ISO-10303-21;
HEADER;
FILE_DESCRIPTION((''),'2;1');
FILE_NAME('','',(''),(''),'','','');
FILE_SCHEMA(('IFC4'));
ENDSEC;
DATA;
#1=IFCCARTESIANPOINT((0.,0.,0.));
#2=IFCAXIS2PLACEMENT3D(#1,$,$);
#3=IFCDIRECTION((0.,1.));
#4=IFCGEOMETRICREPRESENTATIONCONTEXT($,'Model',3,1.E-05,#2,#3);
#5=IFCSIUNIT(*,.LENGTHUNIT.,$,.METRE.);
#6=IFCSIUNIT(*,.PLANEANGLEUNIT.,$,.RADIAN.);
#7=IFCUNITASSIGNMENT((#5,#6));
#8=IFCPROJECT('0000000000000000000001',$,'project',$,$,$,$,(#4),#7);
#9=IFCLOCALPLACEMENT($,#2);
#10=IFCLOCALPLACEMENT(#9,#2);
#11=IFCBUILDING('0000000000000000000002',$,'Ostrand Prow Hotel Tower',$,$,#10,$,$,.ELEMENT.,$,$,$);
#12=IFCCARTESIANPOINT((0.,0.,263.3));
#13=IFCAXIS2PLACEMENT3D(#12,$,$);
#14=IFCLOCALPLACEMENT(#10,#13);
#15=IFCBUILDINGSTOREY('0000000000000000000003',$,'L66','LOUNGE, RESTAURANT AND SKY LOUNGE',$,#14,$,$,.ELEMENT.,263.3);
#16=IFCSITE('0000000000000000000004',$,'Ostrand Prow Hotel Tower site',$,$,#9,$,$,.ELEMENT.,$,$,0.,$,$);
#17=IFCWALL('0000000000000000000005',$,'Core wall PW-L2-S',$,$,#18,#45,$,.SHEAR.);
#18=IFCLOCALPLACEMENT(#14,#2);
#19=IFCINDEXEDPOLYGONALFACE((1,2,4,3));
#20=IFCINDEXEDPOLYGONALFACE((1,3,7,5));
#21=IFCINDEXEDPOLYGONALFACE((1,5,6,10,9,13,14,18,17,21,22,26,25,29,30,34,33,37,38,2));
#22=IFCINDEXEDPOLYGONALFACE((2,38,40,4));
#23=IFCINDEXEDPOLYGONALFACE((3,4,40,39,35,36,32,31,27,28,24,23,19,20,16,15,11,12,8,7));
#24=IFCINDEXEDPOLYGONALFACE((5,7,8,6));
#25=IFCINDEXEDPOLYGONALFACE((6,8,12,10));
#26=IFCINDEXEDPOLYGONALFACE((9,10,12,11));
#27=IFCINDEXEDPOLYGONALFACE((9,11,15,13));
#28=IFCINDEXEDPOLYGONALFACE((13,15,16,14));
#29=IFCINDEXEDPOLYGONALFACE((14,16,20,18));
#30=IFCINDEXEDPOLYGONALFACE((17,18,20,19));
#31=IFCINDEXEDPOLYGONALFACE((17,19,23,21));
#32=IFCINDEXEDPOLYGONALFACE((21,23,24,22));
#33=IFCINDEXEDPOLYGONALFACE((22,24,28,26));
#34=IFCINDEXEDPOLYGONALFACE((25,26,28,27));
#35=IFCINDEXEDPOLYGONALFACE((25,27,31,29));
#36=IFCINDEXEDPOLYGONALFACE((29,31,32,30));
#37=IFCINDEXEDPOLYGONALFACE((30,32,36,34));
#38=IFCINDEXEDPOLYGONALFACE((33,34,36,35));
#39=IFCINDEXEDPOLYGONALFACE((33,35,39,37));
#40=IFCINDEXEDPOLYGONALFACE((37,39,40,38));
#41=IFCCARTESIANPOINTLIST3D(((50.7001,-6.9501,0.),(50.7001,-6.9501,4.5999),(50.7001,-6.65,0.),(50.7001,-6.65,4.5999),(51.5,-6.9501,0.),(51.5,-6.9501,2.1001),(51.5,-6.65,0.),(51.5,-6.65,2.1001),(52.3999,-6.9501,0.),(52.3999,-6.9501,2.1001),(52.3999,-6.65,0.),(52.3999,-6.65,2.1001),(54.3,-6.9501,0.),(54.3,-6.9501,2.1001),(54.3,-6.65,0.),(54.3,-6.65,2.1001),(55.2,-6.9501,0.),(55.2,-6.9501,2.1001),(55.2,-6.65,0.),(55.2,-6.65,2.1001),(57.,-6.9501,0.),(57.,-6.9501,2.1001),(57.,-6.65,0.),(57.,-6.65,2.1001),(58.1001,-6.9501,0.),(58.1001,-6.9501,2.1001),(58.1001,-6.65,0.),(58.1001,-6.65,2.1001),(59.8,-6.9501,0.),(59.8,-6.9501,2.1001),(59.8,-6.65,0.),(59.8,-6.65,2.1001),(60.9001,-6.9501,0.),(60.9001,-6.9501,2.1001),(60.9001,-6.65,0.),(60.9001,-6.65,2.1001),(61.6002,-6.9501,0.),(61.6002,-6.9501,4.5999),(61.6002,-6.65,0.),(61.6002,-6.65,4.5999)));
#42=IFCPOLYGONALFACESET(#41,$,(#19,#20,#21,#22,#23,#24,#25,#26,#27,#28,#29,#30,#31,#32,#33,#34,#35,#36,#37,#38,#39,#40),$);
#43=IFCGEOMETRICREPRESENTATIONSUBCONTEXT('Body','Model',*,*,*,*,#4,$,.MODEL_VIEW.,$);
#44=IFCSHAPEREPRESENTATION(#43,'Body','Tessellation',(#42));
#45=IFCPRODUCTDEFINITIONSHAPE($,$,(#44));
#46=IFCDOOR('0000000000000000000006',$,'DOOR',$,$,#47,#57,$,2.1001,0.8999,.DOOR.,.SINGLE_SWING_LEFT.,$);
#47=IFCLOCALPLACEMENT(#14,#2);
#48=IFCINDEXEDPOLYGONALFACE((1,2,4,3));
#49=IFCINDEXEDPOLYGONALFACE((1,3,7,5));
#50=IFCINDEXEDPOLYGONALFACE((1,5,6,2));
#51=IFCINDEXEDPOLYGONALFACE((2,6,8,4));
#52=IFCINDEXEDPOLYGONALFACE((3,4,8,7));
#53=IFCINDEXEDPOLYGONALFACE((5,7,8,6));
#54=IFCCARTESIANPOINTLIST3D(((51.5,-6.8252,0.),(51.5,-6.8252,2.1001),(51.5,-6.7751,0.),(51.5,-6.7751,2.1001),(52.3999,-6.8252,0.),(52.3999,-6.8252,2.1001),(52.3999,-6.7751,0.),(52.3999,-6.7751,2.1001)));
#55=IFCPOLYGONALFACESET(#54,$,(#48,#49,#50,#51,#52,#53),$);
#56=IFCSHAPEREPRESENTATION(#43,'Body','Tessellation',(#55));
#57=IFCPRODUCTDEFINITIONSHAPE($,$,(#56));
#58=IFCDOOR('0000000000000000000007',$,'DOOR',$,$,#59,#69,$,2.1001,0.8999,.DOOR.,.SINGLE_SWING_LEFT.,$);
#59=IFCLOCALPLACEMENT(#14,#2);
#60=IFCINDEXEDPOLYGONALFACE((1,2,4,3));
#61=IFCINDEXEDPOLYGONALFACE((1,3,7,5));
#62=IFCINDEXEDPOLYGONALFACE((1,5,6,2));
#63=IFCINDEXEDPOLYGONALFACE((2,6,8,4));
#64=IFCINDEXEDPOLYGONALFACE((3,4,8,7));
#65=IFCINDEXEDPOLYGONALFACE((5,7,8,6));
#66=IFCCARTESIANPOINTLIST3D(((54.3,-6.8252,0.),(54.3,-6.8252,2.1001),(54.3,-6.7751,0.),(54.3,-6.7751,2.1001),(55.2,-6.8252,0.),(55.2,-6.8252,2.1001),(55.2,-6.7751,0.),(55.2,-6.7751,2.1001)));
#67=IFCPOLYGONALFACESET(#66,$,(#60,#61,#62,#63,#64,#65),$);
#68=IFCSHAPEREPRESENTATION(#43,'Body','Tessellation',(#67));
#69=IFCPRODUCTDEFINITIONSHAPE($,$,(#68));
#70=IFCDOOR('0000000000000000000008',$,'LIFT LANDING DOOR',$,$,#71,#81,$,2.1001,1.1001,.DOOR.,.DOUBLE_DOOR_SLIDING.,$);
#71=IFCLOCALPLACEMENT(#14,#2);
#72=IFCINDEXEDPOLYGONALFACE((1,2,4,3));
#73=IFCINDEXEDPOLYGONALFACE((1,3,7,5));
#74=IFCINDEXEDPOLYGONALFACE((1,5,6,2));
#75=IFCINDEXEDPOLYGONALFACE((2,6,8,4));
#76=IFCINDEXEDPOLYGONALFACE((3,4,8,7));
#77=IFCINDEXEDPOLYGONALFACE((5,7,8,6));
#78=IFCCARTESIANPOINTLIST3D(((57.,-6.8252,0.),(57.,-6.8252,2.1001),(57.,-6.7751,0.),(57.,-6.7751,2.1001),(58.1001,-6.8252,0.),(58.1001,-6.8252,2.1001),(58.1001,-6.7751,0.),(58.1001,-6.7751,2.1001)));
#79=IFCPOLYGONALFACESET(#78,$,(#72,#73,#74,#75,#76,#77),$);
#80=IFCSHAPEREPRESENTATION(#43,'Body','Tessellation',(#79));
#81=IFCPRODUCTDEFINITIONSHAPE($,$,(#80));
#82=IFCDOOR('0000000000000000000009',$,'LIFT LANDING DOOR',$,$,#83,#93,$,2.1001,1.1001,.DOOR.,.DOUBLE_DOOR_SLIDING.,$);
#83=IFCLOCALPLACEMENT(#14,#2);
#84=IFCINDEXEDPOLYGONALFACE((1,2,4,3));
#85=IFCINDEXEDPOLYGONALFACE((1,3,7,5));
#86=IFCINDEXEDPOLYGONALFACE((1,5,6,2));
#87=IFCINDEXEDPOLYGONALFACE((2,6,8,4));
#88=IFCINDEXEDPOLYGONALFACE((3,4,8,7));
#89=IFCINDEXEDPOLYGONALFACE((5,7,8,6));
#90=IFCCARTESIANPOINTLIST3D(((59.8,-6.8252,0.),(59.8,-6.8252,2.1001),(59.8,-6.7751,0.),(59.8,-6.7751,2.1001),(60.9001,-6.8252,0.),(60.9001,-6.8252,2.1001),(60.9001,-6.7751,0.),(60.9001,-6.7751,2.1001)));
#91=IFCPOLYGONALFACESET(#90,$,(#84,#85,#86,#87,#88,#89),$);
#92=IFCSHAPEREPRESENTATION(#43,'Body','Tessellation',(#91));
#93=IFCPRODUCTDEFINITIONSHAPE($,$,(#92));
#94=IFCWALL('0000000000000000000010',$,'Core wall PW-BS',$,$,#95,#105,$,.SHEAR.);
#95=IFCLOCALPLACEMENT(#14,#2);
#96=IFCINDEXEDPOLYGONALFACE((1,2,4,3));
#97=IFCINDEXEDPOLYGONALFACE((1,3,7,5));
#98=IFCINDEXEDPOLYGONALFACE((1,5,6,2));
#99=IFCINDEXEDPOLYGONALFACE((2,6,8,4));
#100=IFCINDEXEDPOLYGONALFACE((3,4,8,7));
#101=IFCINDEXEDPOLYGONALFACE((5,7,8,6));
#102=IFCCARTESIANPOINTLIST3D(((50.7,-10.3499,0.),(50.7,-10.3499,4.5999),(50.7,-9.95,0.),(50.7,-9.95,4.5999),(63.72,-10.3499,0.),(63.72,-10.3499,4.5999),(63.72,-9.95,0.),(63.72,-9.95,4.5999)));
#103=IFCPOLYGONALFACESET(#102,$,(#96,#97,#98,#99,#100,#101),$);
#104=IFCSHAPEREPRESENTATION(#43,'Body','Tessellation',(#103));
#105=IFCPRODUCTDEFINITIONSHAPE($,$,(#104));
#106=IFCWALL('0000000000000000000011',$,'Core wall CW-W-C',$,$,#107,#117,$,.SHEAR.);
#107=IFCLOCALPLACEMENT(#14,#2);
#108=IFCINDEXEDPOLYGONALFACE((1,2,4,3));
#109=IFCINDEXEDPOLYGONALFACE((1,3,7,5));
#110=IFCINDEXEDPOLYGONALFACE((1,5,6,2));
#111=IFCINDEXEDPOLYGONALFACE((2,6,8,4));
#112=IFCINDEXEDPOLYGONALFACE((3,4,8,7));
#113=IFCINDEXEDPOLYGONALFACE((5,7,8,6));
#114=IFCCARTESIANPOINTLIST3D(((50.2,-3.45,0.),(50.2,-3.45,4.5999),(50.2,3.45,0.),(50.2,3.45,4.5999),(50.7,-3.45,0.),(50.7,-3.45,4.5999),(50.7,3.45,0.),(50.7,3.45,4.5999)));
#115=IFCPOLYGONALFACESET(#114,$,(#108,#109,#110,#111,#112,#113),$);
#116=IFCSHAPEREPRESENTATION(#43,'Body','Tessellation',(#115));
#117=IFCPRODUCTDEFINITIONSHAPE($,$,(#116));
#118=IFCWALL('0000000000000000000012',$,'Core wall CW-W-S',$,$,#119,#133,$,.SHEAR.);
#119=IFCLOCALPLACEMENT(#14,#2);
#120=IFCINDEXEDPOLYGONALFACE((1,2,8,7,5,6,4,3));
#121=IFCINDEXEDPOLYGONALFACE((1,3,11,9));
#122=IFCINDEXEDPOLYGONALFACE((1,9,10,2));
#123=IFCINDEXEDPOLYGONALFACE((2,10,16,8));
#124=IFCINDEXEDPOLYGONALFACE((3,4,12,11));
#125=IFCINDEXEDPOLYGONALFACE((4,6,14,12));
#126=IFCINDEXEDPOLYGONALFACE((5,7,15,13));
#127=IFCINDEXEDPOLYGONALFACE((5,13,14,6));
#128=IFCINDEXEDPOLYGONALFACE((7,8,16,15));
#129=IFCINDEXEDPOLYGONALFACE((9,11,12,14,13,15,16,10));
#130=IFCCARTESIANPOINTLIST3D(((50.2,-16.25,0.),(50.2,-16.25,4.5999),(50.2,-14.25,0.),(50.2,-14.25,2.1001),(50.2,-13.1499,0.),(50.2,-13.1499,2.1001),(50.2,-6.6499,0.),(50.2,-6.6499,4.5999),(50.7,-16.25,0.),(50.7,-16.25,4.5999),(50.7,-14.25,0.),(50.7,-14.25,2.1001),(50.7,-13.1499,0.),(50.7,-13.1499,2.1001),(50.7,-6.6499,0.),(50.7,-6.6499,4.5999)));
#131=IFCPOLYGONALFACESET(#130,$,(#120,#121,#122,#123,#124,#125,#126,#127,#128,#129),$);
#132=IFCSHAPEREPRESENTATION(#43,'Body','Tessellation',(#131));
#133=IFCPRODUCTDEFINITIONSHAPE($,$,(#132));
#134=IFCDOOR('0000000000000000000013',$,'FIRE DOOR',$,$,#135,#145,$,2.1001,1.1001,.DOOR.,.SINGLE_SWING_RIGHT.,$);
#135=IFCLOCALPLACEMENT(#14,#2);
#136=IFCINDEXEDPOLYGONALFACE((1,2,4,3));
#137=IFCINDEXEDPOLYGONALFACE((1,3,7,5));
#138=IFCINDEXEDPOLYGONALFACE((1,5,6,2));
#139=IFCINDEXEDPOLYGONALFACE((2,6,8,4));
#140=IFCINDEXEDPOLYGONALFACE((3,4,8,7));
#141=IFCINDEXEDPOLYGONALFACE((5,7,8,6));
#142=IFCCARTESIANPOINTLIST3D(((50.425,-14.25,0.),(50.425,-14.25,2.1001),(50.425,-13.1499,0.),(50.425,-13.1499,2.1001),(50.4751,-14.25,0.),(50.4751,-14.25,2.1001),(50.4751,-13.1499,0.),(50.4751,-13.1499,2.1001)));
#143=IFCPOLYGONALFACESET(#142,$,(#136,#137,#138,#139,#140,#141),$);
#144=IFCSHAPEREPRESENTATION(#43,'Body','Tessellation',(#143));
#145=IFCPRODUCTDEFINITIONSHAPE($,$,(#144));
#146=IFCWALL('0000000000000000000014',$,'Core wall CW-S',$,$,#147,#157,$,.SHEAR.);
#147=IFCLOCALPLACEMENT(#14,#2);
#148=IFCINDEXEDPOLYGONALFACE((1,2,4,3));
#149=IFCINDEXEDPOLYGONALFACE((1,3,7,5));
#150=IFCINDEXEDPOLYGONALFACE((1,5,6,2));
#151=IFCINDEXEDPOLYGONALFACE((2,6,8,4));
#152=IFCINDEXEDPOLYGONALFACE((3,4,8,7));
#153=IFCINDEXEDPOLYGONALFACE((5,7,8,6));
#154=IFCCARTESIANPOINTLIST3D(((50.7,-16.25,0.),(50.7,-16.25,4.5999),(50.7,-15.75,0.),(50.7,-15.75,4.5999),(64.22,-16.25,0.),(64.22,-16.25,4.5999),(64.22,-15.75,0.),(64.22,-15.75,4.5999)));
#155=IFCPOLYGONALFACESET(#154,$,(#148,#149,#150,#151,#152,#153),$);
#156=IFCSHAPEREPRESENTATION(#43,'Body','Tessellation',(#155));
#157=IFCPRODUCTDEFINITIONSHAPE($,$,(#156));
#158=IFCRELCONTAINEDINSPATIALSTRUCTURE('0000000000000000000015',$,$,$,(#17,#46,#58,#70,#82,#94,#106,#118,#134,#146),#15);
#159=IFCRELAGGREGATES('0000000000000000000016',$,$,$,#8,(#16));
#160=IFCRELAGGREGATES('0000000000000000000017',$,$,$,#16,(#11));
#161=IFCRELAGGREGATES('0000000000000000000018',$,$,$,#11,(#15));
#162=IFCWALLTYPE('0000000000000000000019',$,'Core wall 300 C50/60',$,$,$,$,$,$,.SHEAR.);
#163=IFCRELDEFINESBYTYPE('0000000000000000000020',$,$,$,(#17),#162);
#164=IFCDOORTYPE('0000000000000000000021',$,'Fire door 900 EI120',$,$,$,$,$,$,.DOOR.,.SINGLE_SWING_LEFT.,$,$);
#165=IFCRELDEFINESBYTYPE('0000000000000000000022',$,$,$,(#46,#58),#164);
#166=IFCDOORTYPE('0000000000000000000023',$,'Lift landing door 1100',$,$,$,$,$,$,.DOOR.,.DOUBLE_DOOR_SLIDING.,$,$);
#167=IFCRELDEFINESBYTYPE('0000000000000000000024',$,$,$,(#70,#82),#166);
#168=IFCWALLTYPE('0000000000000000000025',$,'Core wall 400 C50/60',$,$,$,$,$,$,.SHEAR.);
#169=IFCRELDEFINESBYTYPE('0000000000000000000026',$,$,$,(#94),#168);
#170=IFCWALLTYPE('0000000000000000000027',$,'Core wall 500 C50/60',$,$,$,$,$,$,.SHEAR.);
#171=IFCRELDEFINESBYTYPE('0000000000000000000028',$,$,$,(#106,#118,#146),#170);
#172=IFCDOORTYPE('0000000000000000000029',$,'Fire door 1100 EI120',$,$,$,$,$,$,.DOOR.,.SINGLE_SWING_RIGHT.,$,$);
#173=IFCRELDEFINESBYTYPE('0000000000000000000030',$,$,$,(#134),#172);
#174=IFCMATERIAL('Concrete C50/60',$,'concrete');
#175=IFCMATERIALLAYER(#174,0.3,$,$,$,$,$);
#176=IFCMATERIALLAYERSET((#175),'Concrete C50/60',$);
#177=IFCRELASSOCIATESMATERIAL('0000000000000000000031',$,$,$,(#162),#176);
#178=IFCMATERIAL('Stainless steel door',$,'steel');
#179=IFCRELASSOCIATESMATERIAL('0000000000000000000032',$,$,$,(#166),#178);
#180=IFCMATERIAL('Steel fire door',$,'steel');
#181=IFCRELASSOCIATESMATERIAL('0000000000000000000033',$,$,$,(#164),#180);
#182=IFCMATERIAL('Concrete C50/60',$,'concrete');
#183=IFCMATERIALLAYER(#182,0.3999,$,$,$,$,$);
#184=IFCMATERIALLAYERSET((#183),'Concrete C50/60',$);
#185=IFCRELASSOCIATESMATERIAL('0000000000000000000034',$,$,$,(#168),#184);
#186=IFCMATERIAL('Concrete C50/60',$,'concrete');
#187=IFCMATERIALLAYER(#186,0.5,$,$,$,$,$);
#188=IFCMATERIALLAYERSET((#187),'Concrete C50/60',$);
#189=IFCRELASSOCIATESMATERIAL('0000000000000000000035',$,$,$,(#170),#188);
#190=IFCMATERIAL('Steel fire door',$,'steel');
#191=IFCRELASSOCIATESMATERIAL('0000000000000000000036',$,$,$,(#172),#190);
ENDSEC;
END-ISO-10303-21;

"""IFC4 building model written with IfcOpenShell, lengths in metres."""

from ifc_helpers import new_model, si_unit, direction, frame, frame_2d, origin, place, context, subcontext, project, spatial, rectangle, extrude, material, layer, layer_set, type_object, element, fill, save


model = new_model("IFC4")

# Units and contexts
model_context = context("Model", 3, precision=1e-05, world=origin(), true_north=direction((0.0, 1.0)))
body_context = subcontext(model_context, "Body", "Model", "MODEL_VIEW")
ifc_project = project(units=[si_unit("LENGTHUNIT", "METRE"), si_unit("PLANEANGLEUNIT", "RADIAN")], contexts=[model_context])

# Site, building, storey
site_placement = place(None, origin())
site = spatial("IfcSite", under=ifc_project, at=site_placement, Name="Ostrand Prow Hotel Tower site", CompositionType="ELEMENT", RefElevation=0.0)
building_placement = place(site_placement, origin())
building = spatial("IfcBuilding", under=site, at=building_placement, Name="Ostrand Prow Hotel Tower", CompositionType="ELEMENT")
storey_placement = place(building_placement, frame((0.0, 0.0, 263.3)))
storey = spatial("IfcBuildingStorey", under=building, at=storey_placement, Name="L66", Description="LOUNGE, RESTAURANT AND SKY LOUNGE", CompositionType="ELEMENT", Elevation=263.3)

# Shared definitions
ifc_material_1 = material(Name="Concrete C50/60", Category="concrete")
ifc_layer_1 = layer(ifc_material_1, 0.3)
ifc_layer_set_1 = layer_set([ifc_layer_1], Name="Concrete C50/60")
wall_type_1 = type_object("IfcWallType", Name="Core wall 300 C50/60", PredefinedType="SHEAR", material=ifc_layer_set_1)

# Shared definitions
ifc_material_2 = material(Name="Stainless steel door", Category="steel")
door_type_1 = type_object("IfcDoorType", Name="Lift landing door 1100", OperationType="DOUBLE_DOOR_SLIDING", PredefinedType="DOOR", material=ifc_material_2)

# Wall, openings, doors
wall_1_placement = place(storey_placement, frame((50.7, -6.8, 0.0), z_axis=(0.0, 0.0, 1.0), x_axis=(1.0, 0.0, 0.0)))
wall_1 = element("IfcWall", 1, at=wall_1_placement, inside=storey, type_object=wall_type_1, Name="Core wall PW-L2-S", PredefinedType="SHEAR", context=body_context, shape_type="SweptSolid", body=[
    extrude(rectangle(XDim=10.9001, YDim=0.3, at=frame_2d((5.4502, 0.0))), origin(), (0.0, 0.0, 1.0), 4.5999),
])
opening_1_placement = place(wall_1_placement, frame((6.3, 0.0, 0.0)))
opening_1 = element("IfcOpeningElement", 2, at=opening_1_placement, cuts=wall_1, PredefinedType="OPENING", context=body_context, shape_type="SweptSolid", body=[
    extrude(rectangle(XDim=1.1001, YDim=2.1001, at=frame_2d((0.55, 1.05))), frame((0.0, 0.1599, 0.0), z_axis=(0.0, -1.0, 0.0), x_axis=(1.0, 0.0, 0.0)), (0.0, 0.0, 1.0), 0.3201),
])
opening_2_placement = place(wall_1_placement, frame((9.1001, 0.0, 0.0)))
opening_2 = element("IfcOpeningElement", 3, at=opening_2_placement, cuts=wall_1, PredefinedType="OPENING", context=body_context, shape_type="SweptSolid", body=[
    extrude(rectangle(XDim=1.1001, YDim=2.1001, at=frame_2d((0.55, 1.05))), frame((0.0, 0.1599, 0.0), z_axis=(0.0, -1.0, 0.0), x_axis=(1.0, 0.0, 0.0)), (0.0, 0.0, 1.0), 0.3201),
])
opening_3_placement = place(wall_1_placement, frame((0.8, 0.0, 0.0)))
opening_3 = element("IfcOpeningElement", 4, at=opening_3_placement, cuts=wall_1, PredefinedType="OPENING", context=body_context, shape_type="SweptSolid", body=[
    extrude(rectangle(XDim=0.8999, YDim=2.1001, at=frame_2d((0.45, 1.05))), frame((0.0, 0.1599, 0.0), z_axis=(0.0, -1.0, 0.0), x_axis=(1.0, 0.0, 0.0)), (0.0, 0.0, 1.0), 0.3201),
])
opening_4_placement = place(wall_1_placement, frame((3.6001, 0.0, 0.0)))
opening_4 = element("IfcOpeningElement", 5, at=opening_4_placement, cuts=wall_1, PredefinedType="OPENING", context=body_context, shape_type="SweptSolid", body=[
    extrude(rectangle(XDim=0.8999, YDim=2.1001, at=frame_2d((0.45, 1.05))), frame((0.0, 0.1599, 0.0), z_axis=(0.0, -1.0, 0.0), x_axis=(1.0, 0.0, 0.0)), (0.0, 0.0, 1.0), 0.3201),
])
ifc_material_3 = material(Name="Steel fire door", Category="steel")
door_type_2 = type_object("IfcDoorType", Name="Fire door 900 EI120", OperationType="SINGLE_SWING_LEFT", PredefinedType="DOOR", material=ifc_material_3)
door_1_placement = place(opening_3_placement, origin())
door_1 = element("IfcDoor", 6, at=door_1_placement, inside=storey, type_object=door_type_2, Name="DOOR", OperationType="SINGLE_SWING_LEFT", OverallHeight=2.1001, OverallWidth=0.8999, PredefinedType="DOOR", context=body_context, shape_type="SweptSolid", body=[
    extrude(rectangle(XDim=0.8999, YDim=2.1001, at=frame_2d((0.45, 1.05))), frame((0.0, 0.0249, 0.0), z_axis=(0.0, -1.0, 0.0), x_axis=(1.0, 0.0, 0.0)), (0.0, 0.0, 1.0), 0.05),
])
fill(opening_3, door_1)
door_2_placement = place(opening_4_placement, origin())
door_2 = element("IfcDoor", 7, at=door_2_placement, inside=storey, type_object=door_type_2, Name="DOOR", OperationType="SINGLE_SWING_LEFT", OverallHeight=2.1001, OverallWidth=0.8999, PredefinedType="DOOR", context=body_context, shape_type="SweptSolid", body=[
    extrude(rectangle(XDim=0.8999, YDim=2.1001, at=frame_2d((0.45, 1.05))), frame((0.0, 0.0249, 0.0), z_axis=(0.0, -1.0, 0.0), x_axis=(1.0, 0.0, 0.0)), (0.0, 0.0, 1.0), 0.05),
])
fill(opening_4, door_2)
door_3_placement = place(opening_1_placement, origin())
door_3 = element("IfcDoor", 8, at=door_3_placement, inside=storey, type_object=door_type_1, Name="LIFT LANDING DOOR", OperationType="DOUBLE_DOOR_SLIDING", OverallHeight=2.1001, OverallWidth=1.1001, PredefinedType="DOOR", context=body_context, shape_type="SweptSolid", body=[
    extrude(rectangle(XDim=1.1001, YDim=2.1001, at=frame_2d((0.55, 1.05))), frame((0.0, 0.0249, 0.0), z_axis=(0.0, -1.0, 0.0), x_axis=(1.0, 0.0, 0.0)), (0.0, 0.0, 1.0), 0.05),
])
fill(opening_1, door_3)
door_4_placement = place(opening_2_placement, origin())
door_4 = element("IfcDoor", 9, at=door_4_placement, inside=storey, type_object=door_type_1, Name="LIFT LANDING DOOR", OperationType="DOUBLE_DOOR_SLIDING", OverallHeight=2.1001, OverallWidth=1.1001, PredefinedType="DOOR", context=body_context, shape_type="SweptSolid", body=[
    extrude(rectangle(XDim=1.1001, YDim=2.1001, at=frame_2d((0.55, 1.05))), frame((0.0, 0.0249, 0.0), z_axis=(0.0, -1.0, 0.0), x_axis=(1.0, 0.0, 0.0)), (0.0, 0.0, 1.0), 0.05),
])
fill(opening_2, door_4)

# Walls
ifc_material_4 = material(Name="Concrete C50/60", Category="concrete")
ifc_layer_2 = layer(ifc_material_4, 0.3999)
ifc_layer_set_2 = layer_set([ifc_layer_2], Name="Concrete C50/60")
wall_type_2 = type_object("IfcWallType", Name="Core wall 400 C50/60", PredefinedType="SHEAR", material=ifc_layer_set_2)
wall_2_placement = place(storey_placement, frame((50.7, -10.1499, 0.0), z_axis=(0.0, 0.0, 1.0), x_axis=(1.0, 0.0, 0.0)))
element("IfcWall", 10, at=wall_2_placement, inside=storey, type_object=wall_type_2, Name="Core wall PW-BS", PredefinedType="SHEAR", context=body_context, shape_type="SweptSolid", body=[
    extrude(rectangle(XDim=13.02, YDim=0.3999, at=frame_2d((6.51, 0.0))), origin(), (0.0, 0.0, 1.0), 4.5999),
])
ifc_material_5 = material(Name="Concrete C50/60", Category="concrete")
ifc_layer_3 = layer(ifc_material_5, 0.5)
ifc_layer_set_3 = layer_set([ifc_layer_3], Name="Concrete C50/60")
wall_type_3 = type_object("IfcWallType", Name="Core wall 500 C50/60", PredefinedType="SHEAR", material=ifc_layer_set_3)
wall_3_placement = place(storey_placement, frame((50.45, -3.45, 0.0), z_axis=(0.0, 0.0, 1.0), x_axis=(0.0, 1.0, 0.0)))
element("IfcWall", 11, at=wall_3_placement, inside=storey, type_object=wall_type_3, Name="Core wall CW-W-C", PredefinedType="SHEAR", context=body_context, shape_type="SweptSolid", body=[
    extrude(rectangle(XDim=6.8999, YDim=0.5, at=frame_2d((3.45, 0.0))), origin(), (0.0, 0.0, 1.0), 4.5999),
])

# Wall, opening, door
wall_4_placement = place(storey_placement, frame((50.45, -16.25, 0.0), z_axis=(0.0, 0.0, 1.0), x_axis=(0.0, 1.0, 0.0)))
wall_4 = element("IfcWall", 12, at=wall_4_placement, inside=storey, type_object=wall_type_3, Name="Core wall CW-W-S", PredefinedType="SHEAR", context=body_context, shape_type="SweptSolid", body=[
    extrude(rectangle(XDim=9.6001, YDim=0.5, at=frame_2d((4.8, 0.0))), origin(), (0.0, 0.0, 1.0), 4.5999),
])
opening_5_placement = place(wall_4_placement, frame((2.0, 0.0, 0.0)))
opening_5 = element("IfcOpeningElement", 13, at=opening_5_placement, cuts=wall_4, PredefinedType="OPENING", context=body_context, shape_type="SweptSolid", body=[
    extrude(rectangle(XDim=1.1001, YDim=2.1001, at=frame_2d((0.55, 1.05))), frame((0.0, 0.26, 0.0), z_axis=(0.0, -1.0, 0.0), x_axis=(1.0, 0.0, 0.0)), (0.0, 0.0, 1.0), 0.52),
])
ifc_material_6 = material(Name="Steel fire door", Category="steel")
door_type_3 = type_object("IfcDoorType", Name="Fire door 1100 EI120", OperationType="SINGLE_SWING_RIGHT", PredefinedType="DOOR", material=ifc_material_6)
door_5_placement = place(opening_5_placement, origin())
door_5 = element("IfcDoor", 14, at=door_5_placement, inside=storey, type_object=door_type_3, Name="FIRE DOOR", OperationType="SINGLE_SWING_RIGHT", OverallHeight=2.1001, OverallWidth=1.1001, PredefinedType="DOOR", context=body_context, shape_type="SweptSolid", body=[
    extrude(rectangle(XDim=1.1001, YDim=2.1001, at=frame_2d((0.55, 1.05))), frame((0.0, 0.0249, 0.0), z_axis=(0.0, -1.0, 0.0), x_axis=(1.0, 0.0, 0.0)), (0.0, 0.0, 1.0), 0.05),
])
fill(opening_5, door_5)

# Wall
wall_5_placement = place(storey_placement, frame((50.7, -16.0, 0.0), z_axis=(0.0, 0.0, 1.0), x_axis=(1.0, 0.0, 0.0)))
element("IfcWall", 15, at=wall_5_placement, inside=storey, type_object=wall_type_3, Name="Core wall CW-S", PredefinedType="SHEAR", context=body_context, shape_type="SweptSolid", body=[
    extrude(rectangle(XDim=13.52, YDim=0.5, at=frame_2d((6.76, 0.0))), origin(), (0.0, 0.0, 1.0), 4.5999),
])

save(model, "model.ifc")
